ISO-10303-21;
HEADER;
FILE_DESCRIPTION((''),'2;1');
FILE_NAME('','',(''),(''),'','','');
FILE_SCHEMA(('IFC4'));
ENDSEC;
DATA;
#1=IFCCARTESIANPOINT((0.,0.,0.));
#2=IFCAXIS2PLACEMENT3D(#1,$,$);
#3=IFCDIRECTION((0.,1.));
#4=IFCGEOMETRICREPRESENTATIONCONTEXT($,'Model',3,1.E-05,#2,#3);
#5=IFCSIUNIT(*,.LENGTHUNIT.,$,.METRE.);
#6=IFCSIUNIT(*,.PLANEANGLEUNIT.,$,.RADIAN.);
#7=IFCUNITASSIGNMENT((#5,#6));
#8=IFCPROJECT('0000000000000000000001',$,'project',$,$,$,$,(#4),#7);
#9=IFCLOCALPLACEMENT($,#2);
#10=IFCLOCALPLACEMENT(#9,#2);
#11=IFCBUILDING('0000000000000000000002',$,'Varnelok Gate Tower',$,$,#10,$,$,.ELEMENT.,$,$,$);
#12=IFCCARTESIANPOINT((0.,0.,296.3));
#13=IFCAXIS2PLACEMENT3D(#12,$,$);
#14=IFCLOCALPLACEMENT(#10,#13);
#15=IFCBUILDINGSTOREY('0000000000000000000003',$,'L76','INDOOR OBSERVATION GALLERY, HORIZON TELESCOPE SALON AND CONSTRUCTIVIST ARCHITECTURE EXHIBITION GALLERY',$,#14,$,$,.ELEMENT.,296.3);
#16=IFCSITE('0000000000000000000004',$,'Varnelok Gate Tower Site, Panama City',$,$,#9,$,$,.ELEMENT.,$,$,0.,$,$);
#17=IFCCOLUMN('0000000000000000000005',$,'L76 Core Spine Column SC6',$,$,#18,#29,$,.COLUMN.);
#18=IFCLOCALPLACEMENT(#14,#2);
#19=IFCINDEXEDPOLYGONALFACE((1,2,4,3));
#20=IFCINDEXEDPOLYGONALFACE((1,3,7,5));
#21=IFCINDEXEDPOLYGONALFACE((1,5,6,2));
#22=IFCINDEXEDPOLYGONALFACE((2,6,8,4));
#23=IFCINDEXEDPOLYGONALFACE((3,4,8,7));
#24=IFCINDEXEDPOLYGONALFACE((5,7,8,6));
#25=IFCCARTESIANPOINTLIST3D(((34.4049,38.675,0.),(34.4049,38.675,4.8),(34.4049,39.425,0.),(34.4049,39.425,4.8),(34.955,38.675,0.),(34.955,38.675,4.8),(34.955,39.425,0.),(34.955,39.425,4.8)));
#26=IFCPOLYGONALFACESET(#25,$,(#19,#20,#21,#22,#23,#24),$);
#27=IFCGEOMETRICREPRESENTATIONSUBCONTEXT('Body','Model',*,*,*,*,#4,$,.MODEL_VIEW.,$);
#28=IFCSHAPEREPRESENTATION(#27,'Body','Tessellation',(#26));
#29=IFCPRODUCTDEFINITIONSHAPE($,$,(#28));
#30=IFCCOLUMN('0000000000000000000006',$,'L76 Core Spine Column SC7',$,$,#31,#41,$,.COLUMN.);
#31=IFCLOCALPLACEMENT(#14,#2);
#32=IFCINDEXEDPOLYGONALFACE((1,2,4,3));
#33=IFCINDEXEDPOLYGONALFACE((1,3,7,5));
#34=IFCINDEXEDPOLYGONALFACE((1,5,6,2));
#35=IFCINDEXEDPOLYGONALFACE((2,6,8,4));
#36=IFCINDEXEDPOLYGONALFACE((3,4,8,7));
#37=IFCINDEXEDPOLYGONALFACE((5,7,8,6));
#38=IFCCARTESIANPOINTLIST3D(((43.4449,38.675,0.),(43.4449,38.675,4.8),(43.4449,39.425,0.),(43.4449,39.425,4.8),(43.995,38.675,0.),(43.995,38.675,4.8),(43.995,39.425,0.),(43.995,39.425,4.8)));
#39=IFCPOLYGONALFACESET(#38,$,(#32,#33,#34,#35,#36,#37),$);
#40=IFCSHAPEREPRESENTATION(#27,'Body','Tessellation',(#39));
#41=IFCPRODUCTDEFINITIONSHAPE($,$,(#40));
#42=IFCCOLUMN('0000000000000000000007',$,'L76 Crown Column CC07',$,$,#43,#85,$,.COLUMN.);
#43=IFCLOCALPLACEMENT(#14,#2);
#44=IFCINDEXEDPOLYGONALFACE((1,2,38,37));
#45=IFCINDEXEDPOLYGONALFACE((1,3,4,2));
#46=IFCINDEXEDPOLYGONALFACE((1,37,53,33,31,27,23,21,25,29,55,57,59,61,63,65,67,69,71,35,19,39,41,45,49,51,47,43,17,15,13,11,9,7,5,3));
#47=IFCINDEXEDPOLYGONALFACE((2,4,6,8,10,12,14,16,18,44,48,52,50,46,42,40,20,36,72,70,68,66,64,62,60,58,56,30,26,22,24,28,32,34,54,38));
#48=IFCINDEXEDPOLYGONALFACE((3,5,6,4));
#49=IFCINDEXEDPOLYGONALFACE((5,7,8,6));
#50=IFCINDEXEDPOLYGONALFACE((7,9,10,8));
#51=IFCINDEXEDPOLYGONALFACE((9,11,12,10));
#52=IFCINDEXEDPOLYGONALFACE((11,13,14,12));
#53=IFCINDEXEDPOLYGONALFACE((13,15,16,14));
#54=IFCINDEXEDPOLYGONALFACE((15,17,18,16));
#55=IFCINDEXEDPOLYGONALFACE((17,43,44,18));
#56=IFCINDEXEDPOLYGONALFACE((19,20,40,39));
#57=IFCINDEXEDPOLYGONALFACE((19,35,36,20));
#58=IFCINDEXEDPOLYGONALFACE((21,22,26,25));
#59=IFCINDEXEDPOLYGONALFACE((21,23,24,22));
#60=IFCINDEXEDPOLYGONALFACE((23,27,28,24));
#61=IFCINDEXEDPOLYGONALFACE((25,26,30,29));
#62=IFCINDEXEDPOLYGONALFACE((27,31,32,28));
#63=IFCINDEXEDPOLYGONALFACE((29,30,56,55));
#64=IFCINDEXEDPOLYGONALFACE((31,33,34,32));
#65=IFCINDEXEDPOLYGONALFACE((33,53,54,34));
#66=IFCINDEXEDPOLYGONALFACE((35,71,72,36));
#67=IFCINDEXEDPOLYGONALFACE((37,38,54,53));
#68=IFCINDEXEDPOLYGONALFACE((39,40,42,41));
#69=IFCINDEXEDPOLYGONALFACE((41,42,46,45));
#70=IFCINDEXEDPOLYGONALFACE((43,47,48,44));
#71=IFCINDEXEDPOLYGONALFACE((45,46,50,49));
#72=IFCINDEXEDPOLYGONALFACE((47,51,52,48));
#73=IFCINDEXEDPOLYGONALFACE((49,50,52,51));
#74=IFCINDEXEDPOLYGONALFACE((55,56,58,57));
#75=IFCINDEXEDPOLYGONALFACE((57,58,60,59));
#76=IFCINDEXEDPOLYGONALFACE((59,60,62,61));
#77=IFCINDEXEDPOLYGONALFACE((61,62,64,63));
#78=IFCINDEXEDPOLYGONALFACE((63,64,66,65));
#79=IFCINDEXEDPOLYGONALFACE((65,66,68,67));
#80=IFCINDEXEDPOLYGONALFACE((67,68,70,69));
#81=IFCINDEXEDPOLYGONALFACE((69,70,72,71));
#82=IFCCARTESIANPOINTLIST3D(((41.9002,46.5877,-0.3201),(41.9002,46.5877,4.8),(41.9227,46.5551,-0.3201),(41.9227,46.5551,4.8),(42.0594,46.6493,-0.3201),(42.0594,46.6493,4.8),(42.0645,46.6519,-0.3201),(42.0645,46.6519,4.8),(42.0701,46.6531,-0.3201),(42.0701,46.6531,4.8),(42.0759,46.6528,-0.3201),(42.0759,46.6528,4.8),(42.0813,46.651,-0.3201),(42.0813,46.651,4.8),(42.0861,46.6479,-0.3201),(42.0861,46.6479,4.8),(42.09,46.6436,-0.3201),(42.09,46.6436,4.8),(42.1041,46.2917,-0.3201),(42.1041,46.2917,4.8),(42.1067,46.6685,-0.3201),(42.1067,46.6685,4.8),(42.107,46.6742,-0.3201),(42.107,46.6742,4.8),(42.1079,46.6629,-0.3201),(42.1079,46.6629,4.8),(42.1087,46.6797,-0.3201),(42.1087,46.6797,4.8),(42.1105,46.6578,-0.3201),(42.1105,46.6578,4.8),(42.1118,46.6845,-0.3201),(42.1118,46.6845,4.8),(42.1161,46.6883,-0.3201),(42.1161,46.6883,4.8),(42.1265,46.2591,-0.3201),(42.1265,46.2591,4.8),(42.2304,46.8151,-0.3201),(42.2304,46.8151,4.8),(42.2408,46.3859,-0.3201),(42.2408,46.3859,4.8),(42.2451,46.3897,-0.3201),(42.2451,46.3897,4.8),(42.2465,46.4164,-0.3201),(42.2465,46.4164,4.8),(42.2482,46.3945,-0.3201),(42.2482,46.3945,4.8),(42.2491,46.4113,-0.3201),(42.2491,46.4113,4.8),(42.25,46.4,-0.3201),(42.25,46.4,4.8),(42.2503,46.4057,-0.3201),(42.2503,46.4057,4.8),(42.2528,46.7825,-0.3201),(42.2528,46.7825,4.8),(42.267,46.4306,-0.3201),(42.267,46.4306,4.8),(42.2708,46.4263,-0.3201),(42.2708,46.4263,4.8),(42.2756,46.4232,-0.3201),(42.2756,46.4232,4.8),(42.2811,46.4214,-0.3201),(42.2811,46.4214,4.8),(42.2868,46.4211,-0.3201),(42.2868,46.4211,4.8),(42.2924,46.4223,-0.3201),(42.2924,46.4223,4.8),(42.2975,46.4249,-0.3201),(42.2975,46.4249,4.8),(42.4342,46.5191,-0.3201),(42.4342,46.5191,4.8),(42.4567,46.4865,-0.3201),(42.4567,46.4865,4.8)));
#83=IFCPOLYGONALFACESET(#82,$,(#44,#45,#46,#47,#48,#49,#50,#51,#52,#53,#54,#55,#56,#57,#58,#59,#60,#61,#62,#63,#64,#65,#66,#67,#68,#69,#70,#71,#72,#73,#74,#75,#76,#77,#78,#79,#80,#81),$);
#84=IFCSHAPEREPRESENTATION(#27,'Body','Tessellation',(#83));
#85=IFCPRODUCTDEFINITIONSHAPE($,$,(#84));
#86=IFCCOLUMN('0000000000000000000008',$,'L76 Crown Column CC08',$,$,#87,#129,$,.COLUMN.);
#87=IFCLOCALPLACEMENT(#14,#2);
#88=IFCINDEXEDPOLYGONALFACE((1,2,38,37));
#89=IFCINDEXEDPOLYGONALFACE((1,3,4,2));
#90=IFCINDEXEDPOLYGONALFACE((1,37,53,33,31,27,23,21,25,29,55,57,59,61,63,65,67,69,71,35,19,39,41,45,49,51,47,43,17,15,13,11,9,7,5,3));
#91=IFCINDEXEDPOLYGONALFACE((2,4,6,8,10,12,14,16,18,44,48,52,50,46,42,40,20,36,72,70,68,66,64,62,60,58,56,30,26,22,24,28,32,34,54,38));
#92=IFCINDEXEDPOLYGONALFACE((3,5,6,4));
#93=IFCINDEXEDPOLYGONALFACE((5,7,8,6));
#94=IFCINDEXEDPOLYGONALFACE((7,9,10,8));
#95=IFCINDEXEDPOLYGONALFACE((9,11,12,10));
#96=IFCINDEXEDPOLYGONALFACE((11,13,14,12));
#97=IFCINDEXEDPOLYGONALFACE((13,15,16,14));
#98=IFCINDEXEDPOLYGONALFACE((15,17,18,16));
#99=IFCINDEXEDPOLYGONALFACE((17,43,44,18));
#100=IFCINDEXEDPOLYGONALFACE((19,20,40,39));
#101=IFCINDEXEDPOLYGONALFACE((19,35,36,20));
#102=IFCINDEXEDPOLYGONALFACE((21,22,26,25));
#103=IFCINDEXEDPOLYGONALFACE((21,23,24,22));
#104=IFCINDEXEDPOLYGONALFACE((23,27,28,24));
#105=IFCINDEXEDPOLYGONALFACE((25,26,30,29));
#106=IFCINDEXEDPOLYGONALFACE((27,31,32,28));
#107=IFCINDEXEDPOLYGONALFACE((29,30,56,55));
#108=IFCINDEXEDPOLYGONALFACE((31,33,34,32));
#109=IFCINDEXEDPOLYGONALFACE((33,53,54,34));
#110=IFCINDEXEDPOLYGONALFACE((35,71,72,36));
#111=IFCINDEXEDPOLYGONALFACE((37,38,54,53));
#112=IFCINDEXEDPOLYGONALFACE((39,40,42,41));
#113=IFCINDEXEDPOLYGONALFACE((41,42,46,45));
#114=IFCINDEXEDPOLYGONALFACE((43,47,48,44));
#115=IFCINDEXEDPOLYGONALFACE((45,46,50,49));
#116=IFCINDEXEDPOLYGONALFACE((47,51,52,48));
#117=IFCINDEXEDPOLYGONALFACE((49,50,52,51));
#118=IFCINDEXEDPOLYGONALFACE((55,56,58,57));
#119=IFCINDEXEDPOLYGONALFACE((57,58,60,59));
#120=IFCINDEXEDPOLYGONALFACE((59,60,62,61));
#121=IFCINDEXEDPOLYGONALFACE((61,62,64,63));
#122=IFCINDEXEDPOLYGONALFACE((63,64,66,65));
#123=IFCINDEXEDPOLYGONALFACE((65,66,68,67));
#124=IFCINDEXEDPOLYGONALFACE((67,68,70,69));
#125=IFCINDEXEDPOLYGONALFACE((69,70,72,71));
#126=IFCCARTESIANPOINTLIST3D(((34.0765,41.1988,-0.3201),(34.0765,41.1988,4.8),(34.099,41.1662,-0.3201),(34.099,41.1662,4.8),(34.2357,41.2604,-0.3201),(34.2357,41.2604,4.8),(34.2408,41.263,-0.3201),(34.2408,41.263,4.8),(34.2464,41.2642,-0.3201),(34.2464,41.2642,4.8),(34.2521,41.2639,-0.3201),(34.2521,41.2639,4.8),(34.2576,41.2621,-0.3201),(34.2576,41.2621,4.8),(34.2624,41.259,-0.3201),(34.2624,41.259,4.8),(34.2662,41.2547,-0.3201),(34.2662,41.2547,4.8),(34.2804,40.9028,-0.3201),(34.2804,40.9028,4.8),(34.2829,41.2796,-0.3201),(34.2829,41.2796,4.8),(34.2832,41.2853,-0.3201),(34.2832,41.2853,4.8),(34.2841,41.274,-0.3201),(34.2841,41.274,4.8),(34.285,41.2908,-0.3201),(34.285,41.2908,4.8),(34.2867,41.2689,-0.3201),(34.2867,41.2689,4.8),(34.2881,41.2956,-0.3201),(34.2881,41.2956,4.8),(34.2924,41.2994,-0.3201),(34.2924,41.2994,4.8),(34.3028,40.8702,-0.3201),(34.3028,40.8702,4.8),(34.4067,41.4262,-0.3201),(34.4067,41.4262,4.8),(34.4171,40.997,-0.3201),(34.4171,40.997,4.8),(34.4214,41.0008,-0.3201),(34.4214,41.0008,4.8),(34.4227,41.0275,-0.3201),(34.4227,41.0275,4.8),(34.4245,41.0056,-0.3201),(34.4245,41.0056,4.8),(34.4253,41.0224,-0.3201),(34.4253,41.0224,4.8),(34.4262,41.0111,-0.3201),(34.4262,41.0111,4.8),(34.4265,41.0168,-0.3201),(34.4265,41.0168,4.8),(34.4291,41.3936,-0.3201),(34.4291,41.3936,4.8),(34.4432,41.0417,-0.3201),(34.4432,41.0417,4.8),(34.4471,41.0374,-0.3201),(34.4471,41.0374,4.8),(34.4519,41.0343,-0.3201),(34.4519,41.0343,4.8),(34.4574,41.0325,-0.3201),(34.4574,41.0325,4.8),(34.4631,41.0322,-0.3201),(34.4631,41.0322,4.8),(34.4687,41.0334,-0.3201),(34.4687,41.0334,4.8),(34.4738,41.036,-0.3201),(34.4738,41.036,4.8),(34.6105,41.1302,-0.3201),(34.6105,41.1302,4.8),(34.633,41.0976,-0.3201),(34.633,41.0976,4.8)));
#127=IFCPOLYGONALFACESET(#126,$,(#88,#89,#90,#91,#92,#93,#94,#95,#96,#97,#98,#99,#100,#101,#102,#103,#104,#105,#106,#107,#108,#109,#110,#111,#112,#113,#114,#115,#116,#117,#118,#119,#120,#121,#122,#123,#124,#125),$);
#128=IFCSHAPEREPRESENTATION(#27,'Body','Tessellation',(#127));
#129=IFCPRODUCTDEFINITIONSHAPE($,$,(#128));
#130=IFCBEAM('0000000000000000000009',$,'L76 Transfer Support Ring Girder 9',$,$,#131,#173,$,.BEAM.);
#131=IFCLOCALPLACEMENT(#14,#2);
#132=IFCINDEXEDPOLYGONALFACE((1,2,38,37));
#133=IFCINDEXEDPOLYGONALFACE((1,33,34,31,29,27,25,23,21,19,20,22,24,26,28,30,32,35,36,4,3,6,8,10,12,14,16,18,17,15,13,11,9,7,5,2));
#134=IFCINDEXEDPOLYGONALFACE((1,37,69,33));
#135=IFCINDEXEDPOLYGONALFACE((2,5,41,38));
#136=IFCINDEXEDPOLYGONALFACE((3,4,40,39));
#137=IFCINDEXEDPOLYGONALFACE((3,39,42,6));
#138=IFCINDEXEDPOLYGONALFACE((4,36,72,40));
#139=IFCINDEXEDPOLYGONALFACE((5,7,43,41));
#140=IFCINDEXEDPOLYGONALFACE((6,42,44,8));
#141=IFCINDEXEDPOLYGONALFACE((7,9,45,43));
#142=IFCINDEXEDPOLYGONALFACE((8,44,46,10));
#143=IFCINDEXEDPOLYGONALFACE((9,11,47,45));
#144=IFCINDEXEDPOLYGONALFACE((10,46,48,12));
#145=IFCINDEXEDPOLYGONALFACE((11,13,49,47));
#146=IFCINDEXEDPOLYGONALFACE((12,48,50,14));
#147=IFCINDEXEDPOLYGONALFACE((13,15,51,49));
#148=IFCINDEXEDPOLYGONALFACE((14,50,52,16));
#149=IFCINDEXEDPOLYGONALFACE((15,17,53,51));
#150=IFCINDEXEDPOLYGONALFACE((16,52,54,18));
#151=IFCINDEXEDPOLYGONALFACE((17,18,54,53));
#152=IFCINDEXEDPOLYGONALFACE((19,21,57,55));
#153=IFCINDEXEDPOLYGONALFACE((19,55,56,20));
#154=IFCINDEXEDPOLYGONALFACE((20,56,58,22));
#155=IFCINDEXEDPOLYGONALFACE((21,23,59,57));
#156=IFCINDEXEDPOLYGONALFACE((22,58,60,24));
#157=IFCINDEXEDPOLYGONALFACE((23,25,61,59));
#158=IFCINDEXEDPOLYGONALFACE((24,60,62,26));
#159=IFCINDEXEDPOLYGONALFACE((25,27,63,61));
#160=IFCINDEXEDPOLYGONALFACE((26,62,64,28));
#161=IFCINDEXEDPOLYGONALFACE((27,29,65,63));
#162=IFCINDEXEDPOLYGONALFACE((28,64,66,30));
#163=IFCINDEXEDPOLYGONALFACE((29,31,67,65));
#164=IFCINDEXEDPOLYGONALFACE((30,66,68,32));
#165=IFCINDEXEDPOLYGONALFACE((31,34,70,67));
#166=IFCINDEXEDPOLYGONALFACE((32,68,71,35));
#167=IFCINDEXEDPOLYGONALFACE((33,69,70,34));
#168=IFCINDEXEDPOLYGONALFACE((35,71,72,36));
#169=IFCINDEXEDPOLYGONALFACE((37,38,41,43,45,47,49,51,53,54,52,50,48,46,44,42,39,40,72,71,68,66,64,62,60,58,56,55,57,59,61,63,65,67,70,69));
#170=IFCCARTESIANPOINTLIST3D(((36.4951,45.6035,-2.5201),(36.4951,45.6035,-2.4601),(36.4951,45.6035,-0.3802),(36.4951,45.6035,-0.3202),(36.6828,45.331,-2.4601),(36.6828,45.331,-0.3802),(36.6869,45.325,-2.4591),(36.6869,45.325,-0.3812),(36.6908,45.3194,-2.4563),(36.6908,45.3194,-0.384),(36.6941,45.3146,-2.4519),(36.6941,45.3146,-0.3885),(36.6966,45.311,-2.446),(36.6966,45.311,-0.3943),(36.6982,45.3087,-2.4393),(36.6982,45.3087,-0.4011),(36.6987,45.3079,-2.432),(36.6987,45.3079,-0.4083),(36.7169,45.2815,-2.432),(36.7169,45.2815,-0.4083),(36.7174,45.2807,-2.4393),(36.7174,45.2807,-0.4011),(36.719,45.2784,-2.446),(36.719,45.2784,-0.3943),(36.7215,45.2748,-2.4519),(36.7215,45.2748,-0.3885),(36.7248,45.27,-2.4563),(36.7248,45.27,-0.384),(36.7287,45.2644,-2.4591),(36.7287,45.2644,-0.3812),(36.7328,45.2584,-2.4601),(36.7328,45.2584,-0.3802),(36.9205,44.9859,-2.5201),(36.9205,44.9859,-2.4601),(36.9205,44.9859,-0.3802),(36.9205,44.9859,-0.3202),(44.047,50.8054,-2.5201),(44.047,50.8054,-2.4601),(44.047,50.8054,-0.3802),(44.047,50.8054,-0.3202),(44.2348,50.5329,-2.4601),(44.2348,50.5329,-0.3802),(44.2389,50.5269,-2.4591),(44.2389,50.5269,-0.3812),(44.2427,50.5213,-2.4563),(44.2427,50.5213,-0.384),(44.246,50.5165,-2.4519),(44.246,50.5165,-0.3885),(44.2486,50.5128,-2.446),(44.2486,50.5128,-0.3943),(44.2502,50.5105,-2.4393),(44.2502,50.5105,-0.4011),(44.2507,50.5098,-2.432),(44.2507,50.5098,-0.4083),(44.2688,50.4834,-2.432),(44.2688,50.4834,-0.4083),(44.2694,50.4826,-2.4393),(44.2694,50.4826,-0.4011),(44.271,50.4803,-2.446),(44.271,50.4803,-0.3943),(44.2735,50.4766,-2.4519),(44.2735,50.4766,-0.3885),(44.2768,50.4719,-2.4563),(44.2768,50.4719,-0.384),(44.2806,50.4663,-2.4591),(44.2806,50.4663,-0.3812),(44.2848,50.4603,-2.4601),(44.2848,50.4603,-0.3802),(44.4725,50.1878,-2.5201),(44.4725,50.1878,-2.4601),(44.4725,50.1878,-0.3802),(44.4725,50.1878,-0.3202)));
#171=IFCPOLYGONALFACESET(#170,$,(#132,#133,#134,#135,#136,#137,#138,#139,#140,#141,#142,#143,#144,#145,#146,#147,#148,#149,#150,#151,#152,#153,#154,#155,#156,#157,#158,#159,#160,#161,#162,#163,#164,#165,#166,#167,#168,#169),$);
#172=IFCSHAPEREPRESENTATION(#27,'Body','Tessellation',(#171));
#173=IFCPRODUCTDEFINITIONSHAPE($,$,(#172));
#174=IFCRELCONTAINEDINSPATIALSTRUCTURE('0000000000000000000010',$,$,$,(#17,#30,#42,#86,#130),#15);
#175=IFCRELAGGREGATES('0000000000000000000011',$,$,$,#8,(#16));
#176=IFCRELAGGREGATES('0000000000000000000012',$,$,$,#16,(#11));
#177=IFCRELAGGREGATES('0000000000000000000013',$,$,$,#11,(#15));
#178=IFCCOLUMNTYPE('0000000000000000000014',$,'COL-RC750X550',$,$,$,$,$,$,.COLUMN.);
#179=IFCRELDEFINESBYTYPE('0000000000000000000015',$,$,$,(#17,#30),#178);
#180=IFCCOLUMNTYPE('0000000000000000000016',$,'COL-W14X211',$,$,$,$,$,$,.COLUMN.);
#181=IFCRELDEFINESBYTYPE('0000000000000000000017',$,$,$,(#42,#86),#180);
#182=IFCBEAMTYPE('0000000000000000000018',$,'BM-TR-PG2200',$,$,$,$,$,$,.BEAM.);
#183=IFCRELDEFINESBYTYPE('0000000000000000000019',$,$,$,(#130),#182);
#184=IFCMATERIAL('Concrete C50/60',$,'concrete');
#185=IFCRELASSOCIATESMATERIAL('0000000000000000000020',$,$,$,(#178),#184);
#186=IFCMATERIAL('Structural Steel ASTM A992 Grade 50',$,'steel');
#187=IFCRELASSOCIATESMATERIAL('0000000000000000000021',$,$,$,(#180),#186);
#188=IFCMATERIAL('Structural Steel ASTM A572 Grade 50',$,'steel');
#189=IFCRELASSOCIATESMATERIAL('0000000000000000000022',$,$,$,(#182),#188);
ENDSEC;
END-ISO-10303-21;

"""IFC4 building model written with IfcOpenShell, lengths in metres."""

from ifc_helpers import new_model, si_unit, direction, frame, origin, origin_2d, place, context, subcontext, project, spatial, rectangle, i_section, extrude, material, material_profile, profile_set, type_object, element, save


model = new_model("IFC4")

# Units and contexts
model_context = context("Model", 3, precision=1e-05, world=origin(), true_north=direction((0.0, 1.0)))
body_context = subcontext(model_context, "Body", "Model", "MODEL_VIEW")
ifc_project = project(units=[si_unit("LENGTHUNIT", "METRE"), si_unit("PLANEANGLEUNIT", "RADIAN")], contexts=[model_context])

# Site, building, storey
site_placement = place(None, origin())
site = spatial("IfcSite", under=ifc_project, at=site_placement, Name="Varnelok Gate Tower Site, Panama City", CompositionType="ELEMENT", RefElevation=0.0)
building_placement = place(site_placement, origin())
building = spatial("IfcBuilding", under=site, at=building_placement, Name="Varnelok Gate Tower", CompositionType="ELEMENT")
storey_placement = place(building_placement, frame((0.0, 0.0, 296.3)))
storey = spatial("IfcBuildingStorey", under=building, at=storey_placement, Name="L76", Description="INDOOR OBSERVATION GALLERY, HORIZON TELESCOPE SALON AND CONSTRUCTIVIST ARCHITECTURE EXHIBITION GALLERY", CompositionType="ELEMENT", Elevation=296.3)

# Columns
ifc_material_1 = material(Name="Concrete C50/60", Category="concrete")
ifc_material_profile_1 = material_profile(ifc_material_1, rectangle(XDim=0.55, YDim=0.75, at=origin_2d()), Name="RC750X550")
ifc_profile_set_1 = profile_set([ifc_material_profile_1], Name="Concrete C50/60")
column_type_1 = type_object("IfcColumnType", Name="COL-RC750X550", PredefinedType="COLUMN", material=ifc_profile_set_1)
for number, where, z_axis, x_axis, name in (
    (1, (34.6799, 39.05, 0.0), (0.0, 0.0, 1.0), (1.0, 0.0, 0.0), "L76 Core Spine Column SC6"),
    (2, (43.72, 39.05, 0.0), (0.0, 0.0, 1.0), (1.0, 0.0, 0.0), "L76 Core Spine Column SC7"),
):
    element("IfcColumn", number, at=place(storey_placement, frame(where, z_axis=z_axis, x_axis=x_axis)), inside=storey, type_object=column_type_1, Name=name, PredefinedType="COLUMN", context=body_context, shape_type="SweptSolid", body=[
        extrude(rectangle(XDim=0.55, YDim=0.75, at=origin_2d()), origin(), (0.0, 0.0, 1.0), 4.8),
    ])
ifc_material_2 = material(Name="Structural Steel ASTM A992 Grade 50", Category="steel")
ifc_material_profile_2 = material_profile(ifc_material_2, i_section(OverallWidth=0.4009, OverallDepth=0.3989, WebThickness=0.0249, FlangeThickness=0.0396, FilletRadius=0.022, at=origin_2d()), Name="W14X211")
ifc_profile_set_2 = profile_set([ifc_material_profile_2], Name="Structural Steel ASTM A992 Grade 50")
column_type_2 = type_object("IfcColumnType", Name="COL-W14X211", PredefinedType="COLUMN", material=ifc_profile_set_2)
for number, where, z_axis, x_axis, name in (
    (3, (42.1785, 46.5371, -0.3201), (0.0, 0.0, 1.0), (0.823533, 0.567269, 0.0), "L76 Crown Column CC07"),
    (4, (34.3547, 41.1482, -0.3201), (0.0, 0.0, 1.0), (0.823533, 0.567269, 0.0), "L76 Crown Column CC08"),
):
    element("IfcColumn", number, at=place(storey_placement, frame(where, z_axis=z_axis, x_axis=x_axis)), inside=storey, type_object=column_type_2, Name=name, PredefinedType="COLUMN", context=body_context, shape_type="SweptSolid", body=[
        extrude(i_section(OverallWidth=0.4009, OverallDepth=0.3989, WebThickness=0.0249, FlangeThickness=0.0396, FilletRadius=0.022, at=origin_2d()), origin(), (0.0, 0.0, 1.0), 5.1201),
    ])

# Beam
ifc_material_3 = material(Name="Structural Steel ASTM A572 Grade 50", Category="steel")
ifc_material_profile_3 = material_profile(ifc_material_3, i_section(OverallWidth=0.75, OverallDepth=2.2, WebThickness=0.032, FlangeThickness=0.0601, FilletRadius=0.0281, at=origin_2d()), Name="PG2200X750")
ifc_profile_set_3 = profile_set([ifc_material_profile_3], Name="Structural Steel ASTM A572 Grade 50")
beam_type = type_object("IfcBeamType", Name="BM-TR-PG2200", PredefinedType="BEAM", material=ifc_profile_set_3)
for number, where, z_axis, x_axis, name in (
    (5, (44.2598, 50.4966, -1.4202), (-0.823537, -0.567262, 0.0), (0.567262, -0.823537, 0.0), "L76 Transfer Support Ring Girder 9"),
):
    element("IfcBeam", number, at=place(storey_placement, frame(where, z_axis=z_axis, x_axis=x_axis)), inside=storey, type_object=beam_type, Name=name, PredefinedType="BEAM", context=body_context, shape_type="SweptSolid", body=[
        extrude(i_section(OverallWidth=0.75, OverallDepth=2.2, WebThickness=0.032, FlangeThickness=0.0601, FilletRadius=0.0281, at=origin_2d()), origin(), (0.0, 0.0, 1.0), 9.1702),
    ])

save(model, "model.ifc")
